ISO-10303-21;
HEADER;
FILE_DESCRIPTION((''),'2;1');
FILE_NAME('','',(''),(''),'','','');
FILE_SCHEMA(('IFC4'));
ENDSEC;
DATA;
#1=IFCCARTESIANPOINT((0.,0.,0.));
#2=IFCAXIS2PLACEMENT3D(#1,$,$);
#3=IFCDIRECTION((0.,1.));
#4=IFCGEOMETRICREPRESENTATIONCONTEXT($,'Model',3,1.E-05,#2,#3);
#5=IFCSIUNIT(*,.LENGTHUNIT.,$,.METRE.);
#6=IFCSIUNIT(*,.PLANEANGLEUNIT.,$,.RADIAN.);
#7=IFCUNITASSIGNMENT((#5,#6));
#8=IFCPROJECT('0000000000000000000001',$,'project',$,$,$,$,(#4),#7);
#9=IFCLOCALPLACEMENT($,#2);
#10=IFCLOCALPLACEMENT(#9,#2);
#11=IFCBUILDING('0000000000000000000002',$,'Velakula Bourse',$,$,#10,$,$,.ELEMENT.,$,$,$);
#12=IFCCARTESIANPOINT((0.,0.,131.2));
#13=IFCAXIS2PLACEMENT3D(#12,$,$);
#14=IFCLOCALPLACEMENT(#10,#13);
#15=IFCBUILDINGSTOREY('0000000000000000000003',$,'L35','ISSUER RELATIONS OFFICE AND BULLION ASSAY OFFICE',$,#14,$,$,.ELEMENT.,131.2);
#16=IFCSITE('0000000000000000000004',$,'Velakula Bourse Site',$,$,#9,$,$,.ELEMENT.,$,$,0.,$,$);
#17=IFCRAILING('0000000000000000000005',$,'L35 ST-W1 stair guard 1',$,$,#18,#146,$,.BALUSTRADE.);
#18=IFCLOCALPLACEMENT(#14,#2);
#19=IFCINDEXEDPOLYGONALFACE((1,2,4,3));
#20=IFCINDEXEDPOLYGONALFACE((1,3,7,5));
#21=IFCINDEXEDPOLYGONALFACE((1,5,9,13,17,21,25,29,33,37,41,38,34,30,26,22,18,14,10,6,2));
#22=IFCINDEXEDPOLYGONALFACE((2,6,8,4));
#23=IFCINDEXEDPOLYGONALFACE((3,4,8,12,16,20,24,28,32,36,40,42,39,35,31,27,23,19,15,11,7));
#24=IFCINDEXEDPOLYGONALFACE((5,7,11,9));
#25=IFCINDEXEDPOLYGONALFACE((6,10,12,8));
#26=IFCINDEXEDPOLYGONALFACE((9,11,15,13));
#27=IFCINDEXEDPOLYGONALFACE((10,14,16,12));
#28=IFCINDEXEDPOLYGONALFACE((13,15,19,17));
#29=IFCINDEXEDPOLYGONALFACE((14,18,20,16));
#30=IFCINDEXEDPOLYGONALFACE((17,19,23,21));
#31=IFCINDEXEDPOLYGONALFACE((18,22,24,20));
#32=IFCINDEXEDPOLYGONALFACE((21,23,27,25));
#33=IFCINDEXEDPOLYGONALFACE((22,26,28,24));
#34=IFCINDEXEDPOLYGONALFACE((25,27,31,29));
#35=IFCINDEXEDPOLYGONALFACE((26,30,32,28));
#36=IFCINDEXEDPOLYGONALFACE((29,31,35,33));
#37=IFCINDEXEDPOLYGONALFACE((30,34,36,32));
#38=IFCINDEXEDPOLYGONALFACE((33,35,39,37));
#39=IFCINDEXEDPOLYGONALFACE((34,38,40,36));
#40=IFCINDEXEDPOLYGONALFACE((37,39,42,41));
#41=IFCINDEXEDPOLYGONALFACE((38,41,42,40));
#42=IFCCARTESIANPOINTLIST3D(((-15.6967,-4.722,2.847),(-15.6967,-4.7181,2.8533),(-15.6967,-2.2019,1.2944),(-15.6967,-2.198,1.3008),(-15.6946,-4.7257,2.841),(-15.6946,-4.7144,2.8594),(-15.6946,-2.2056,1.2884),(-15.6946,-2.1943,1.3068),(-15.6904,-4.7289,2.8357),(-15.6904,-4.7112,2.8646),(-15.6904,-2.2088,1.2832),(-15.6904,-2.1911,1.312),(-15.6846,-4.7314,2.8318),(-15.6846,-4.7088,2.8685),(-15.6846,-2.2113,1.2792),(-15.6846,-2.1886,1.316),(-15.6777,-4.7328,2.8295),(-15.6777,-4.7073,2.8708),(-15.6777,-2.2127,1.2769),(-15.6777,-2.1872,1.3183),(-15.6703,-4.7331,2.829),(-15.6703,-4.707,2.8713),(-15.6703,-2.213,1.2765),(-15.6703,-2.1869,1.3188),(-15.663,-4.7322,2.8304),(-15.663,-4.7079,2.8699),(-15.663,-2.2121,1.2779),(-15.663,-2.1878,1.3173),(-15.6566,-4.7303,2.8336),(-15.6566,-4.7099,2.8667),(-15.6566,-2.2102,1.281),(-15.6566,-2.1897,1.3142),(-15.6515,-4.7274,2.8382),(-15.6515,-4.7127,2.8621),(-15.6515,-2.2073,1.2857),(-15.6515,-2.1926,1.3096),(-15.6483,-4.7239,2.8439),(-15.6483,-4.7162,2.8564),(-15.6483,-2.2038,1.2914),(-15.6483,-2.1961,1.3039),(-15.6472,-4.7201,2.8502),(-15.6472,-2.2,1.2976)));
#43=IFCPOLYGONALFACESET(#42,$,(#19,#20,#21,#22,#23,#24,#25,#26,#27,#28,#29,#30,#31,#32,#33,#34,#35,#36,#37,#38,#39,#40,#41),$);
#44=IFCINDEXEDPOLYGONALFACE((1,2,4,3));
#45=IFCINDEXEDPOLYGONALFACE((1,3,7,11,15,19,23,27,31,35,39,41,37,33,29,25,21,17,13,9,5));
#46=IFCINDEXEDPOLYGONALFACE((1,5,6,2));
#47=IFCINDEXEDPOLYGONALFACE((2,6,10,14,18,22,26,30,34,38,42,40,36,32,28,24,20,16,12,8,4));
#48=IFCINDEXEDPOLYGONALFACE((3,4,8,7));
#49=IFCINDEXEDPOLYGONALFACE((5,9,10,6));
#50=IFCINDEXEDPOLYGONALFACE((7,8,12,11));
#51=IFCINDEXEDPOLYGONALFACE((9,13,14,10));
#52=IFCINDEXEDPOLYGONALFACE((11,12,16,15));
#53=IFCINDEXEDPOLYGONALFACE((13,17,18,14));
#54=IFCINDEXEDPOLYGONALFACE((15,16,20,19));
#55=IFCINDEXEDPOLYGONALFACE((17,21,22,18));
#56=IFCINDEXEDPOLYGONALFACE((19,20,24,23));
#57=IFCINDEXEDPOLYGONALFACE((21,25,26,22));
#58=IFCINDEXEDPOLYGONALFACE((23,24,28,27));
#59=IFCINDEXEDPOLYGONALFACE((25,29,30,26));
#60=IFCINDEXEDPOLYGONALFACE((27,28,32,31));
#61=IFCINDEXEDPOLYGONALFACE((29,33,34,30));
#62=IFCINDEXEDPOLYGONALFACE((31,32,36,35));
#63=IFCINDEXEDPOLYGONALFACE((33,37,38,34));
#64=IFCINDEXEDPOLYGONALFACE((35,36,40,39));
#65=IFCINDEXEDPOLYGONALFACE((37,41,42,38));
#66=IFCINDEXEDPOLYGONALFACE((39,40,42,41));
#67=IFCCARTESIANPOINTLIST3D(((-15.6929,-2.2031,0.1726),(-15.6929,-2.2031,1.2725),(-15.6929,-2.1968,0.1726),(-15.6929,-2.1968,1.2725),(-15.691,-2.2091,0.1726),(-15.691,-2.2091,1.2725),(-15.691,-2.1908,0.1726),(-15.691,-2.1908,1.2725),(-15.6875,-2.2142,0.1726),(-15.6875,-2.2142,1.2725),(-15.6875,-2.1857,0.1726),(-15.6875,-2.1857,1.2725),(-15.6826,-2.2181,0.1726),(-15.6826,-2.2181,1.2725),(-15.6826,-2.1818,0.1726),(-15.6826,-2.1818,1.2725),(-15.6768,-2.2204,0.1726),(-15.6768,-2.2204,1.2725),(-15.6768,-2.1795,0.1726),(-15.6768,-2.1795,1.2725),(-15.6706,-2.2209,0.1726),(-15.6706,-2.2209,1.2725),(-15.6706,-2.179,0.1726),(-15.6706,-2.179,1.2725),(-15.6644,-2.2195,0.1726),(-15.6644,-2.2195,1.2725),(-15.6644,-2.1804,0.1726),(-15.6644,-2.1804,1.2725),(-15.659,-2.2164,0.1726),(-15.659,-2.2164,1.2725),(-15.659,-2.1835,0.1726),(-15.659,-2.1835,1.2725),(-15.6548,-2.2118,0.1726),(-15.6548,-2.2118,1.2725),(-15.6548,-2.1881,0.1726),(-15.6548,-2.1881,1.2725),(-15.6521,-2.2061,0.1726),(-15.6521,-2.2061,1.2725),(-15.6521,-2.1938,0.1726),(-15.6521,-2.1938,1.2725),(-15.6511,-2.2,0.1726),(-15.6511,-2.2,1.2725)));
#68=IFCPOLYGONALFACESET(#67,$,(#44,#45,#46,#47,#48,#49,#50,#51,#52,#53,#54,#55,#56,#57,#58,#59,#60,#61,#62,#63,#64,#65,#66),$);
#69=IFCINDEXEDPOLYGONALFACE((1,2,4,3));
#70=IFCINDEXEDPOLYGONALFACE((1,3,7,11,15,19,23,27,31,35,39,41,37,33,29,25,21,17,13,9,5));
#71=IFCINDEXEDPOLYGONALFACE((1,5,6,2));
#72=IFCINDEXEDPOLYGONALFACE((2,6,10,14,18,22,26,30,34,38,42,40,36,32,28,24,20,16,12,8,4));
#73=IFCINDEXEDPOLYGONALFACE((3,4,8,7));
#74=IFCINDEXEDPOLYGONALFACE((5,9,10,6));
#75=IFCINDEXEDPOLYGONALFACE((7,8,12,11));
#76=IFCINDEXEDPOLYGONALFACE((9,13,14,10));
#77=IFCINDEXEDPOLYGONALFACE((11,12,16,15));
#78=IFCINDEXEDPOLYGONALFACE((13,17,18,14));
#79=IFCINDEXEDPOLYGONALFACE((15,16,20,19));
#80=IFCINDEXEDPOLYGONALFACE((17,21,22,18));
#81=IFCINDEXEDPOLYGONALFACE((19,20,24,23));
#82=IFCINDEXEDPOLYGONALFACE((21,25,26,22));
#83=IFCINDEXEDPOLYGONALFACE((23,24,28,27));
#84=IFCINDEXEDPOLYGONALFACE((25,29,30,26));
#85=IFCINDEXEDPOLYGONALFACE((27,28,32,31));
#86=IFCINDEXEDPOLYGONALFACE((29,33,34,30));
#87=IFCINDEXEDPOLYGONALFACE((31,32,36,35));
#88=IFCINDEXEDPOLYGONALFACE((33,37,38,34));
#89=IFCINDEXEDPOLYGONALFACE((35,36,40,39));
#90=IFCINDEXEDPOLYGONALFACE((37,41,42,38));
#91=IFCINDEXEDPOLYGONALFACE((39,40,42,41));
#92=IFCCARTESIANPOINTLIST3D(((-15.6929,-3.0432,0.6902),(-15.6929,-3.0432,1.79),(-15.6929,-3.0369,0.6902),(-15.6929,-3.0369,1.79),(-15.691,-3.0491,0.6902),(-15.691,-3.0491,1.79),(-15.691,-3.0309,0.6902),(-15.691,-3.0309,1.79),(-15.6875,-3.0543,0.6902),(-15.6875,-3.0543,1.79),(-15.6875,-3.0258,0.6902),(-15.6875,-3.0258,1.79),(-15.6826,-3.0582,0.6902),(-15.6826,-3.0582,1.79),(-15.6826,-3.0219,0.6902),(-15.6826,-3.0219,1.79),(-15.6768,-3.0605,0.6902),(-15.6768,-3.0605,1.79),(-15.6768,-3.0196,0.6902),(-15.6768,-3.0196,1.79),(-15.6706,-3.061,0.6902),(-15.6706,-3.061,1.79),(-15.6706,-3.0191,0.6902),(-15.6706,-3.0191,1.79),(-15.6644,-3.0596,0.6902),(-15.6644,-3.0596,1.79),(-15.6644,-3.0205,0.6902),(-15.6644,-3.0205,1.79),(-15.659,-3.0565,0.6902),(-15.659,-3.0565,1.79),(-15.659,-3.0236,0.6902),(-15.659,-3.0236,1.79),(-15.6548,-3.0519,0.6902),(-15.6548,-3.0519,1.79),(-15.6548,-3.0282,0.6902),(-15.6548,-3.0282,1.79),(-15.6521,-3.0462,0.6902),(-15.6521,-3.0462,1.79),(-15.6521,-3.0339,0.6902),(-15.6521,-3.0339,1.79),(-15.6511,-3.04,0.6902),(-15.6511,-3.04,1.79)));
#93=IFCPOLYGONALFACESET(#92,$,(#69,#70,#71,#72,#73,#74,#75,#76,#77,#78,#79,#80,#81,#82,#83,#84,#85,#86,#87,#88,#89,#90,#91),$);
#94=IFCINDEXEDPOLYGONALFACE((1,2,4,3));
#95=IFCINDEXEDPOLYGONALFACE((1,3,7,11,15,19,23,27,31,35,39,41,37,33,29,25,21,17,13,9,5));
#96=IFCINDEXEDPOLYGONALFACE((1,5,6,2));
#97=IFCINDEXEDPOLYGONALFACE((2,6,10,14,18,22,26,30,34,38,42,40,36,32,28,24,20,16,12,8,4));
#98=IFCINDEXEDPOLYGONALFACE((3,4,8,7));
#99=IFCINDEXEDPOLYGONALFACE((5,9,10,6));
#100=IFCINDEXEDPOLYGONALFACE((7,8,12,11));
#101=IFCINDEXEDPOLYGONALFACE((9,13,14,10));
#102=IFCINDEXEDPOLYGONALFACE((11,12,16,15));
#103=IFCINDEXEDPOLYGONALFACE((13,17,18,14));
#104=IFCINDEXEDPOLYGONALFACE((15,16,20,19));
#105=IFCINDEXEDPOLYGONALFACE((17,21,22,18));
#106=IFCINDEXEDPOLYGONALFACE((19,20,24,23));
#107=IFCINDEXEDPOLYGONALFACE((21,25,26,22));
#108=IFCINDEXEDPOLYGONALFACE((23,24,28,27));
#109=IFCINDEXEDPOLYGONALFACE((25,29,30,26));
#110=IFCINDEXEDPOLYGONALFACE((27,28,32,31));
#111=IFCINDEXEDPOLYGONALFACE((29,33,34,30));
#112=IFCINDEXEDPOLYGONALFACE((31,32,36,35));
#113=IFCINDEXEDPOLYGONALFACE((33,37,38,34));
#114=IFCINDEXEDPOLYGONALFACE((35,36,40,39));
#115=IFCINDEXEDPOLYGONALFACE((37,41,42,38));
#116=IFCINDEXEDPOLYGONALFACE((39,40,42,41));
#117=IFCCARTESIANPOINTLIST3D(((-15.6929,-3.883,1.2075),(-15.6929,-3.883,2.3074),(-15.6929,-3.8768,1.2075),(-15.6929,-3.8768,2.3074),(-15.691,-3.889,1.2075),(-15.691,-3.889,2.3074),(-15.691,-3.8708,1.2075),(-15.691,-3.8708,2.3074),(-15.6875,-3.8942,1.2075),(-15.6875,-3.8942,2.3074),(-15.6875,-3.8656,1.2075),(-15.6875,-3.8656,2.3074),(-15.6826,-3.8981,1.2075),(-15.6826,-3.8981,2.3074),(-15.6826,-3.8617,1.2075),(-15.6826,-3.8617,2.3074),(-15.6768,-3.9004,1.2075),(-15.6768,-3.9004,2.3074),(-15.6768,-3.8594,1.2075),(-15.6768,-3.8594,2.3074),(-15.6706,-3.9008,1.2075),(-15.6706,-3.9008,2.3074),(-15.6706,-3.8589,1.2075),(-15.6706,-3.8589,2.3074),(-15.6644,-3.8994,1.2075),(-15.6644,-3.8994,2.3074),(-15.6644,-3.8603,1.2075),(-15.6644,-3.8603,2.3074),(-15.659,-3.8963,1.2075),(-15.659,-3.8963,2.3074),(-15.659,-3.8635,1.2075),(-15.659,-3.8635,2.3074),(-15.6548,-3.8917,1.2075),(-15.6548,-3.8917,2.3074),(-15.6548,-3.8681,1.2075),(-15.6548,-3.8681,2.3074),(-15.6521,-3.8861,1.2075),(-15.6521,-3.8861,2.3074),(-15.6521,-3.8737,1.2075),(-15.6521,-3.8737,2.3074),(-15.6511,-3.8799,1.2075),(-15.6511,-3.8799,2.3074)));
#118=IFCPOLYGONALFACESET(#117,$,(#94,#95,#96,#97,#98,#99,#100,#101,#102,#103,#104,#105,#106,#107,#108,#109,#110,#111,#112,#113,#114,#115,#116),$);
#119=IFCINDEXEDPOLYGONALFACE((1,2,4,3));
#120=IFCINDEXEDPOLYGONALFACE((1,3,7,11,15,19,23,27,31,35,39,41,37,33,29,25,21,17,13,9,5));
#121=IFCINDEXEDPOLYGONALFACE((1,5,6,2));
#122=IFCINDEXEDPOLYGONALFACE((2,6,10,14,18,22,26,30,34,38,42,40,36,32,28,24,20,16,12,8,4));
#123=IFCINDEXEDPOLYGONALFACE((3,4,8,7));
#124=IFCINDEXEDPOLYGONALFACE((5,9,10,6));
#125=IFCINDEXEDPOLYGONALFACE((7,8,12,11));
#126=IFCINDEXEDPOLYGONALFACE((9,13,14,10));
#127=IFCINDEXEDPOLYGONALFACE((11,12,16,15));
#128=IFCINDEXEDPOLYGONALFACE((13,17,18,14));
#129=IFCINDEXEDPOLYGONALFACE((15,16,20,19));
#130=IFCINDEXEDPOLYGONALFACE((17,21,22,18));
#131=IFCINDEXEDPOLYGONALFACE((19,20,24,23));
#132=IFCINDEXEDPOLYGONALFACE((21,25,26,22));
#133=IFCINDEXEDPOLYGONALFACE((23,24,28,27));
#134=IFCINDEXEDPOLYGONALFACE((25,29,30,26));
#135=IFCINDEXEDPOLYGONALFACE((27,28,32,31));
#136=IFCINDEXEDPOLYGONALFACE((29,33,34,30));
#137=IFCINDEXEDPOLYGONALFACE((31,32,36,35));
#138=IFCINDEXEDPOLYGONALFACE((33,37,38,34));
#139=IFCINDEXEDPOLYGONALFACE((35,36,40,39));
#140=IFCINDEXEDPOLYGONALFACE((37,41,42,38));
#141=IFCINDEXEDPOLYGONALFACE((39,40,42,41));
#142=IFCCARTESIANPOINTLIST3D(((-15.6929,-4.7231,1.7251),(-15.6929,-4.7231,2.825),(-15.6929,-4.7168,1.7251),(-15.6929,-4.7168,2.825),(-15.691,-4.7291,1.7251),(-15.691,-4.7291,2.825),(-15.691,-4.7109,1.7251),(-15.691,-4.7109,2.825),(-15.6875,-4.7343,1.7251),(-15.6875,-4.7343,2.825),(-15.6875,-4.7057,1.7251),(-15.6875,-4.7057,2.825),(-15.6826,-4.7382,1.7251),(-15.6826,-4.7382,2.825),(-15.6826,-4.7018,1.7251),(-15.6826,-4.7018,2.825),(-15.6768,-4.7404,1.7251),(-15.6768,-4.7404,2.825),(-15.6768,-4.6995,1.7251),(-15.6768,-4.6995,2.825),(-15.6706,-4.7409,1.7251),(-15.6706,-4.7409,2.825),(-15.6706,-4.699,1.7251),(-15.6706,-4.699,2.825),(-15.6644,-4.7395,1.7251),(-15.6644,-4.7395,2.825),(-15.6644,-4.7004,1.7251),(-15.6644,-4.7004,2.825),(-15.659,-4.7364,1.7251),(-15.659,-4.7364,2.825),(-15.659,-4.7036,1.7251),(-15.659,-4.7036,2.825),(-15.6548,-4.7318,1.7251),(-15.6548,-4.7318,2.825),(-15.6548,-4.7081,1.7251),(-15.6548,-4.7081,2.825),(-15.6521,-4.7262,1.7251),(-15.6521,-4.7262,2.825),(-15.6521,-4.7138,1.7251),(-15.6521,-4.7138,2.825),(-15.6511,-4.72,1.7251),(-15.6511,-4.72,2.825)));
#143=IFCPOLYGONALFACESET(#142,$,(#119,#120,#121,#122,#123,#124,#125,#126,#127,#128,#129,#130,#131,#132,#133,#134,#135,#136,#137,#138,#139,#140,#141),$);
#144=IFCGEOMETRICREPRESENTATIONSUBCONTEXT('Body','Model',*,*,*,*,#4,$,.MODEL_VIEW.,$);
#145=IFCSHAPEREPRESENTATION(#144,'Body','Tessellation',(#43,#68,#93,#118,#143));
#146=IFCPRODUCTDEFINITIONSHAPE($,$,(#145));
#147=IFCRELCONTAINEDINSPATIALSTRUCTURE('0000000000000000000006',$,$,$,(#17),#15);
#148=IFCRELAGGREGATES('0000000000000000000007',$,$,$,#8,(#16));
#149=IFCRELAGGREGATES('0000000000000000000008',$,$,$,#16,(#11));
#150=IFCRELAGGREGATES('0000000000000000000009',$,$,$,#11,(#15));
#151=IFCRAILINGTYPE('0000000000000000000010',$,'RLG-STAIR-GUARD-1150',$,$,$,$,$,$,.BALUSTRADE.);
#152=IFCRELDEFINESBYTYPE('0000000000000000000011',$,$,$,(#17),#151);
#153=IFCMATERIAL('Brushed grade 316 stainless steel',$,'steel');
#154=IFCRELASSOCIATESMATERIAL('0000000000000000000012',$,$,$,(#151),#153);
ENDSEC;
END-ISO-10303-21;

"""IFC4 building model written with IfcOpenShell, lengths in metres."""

from ifc_helpers import new_model, si_unit, direction, frame, origin, origin_2d, place, context, subcontext, project, spatial, circle, extrude, material, type_object, element, save


model = new_model("IFC4")

# Units and contexts
model_context = context("Model", 3, precision=1e-05, world=origin(), true_north=direction((0.0, 1.0)))
body_context = subcontext(model_context, "Body", "Model", "MODEL_VIEW")
ifc_project = project(units=[si_unit("LENGTHUNIT", "METRE"), si_unit("PLANEANGLEUNIT", "RADIAN")], contexts=[model_context])

# Site, building, storey
site_placement = place(None, origin())
site = spatial("IfcSite", under=ifc_project, at=site_placement, Name="Velakula Bourse Site", CompositionType="ELEMENT", RefElevation=0.0)
building_placement = place(site_placement, origin())
building = spatial("IfcBuilding", under=site, at=building_placement, Name="Velakula Bourse", CompositionType="ELEMENT")
storey_placement = place(building_placement, frame((0.0, 0.0, 131.2)))
storey = spatial("IfcBuildingStorey", under=building, at=storey_placement, Name="L35", Description="ISSUER RELATIONS OFFICE AND BULLION ASSAY OFFICE", CompositionType="ELEMENT", Elevation=131.2)

# Shared definitions
ifc_material_1 = material(Name="Brushed grade 316 stainless steel", Category="steel")

# Railing
railing_type_1 = type_object("IfcRailingType", Name="RLG-STAIR-GUARD-1150", PredefinedType="BALUSTRADE", material=ifc_material_1)
railing_1_placement = place(storey_placement, frame((-15.6721, -2.2, 0.1726)))
element("IfcRailing", 1, at=railing_1_placement, inside=storey, type_object=railing_type_1, Name="L35 ST-W1 stair guard 1", PredefinedType="BALUSTRADE", context=body_context, shape_type="SweptSolid", body=[
    extrude(circle(Radius=0.0249, at=origin_2d()), frame((0.0, 0.0, 1.125), z_axis=(0.0, -0.8514, 0.524516), x_axis=(1.0, 0.0, 0.0)), (0.0, 0.0, 1.0), 2.96),
    extrude(circle(Radius=0.021, at=origin_2d()), origin(), (0.0, 0.0, 1.0), 1.0999),
    extrude(circle(Radius=0.021, at=origin_2d()), frame((0.0, -0.8401, 0.5176)), (0.0, 0.0, 1.0), 1.0999),
    extrude(circle(Radius=0.021, at=origin_2d()), frame((0.0, -1.6799, 1.0349)), (0.0, 0.0, 1.0), 1.0999),
    extrude(circle(Radius=0.021, at=origin_2d()), frame((0.0, -2.52, 1.5525)), (0.0, 0.0, 1.0), 1.0999),
])

save(model, "model.ifc")
